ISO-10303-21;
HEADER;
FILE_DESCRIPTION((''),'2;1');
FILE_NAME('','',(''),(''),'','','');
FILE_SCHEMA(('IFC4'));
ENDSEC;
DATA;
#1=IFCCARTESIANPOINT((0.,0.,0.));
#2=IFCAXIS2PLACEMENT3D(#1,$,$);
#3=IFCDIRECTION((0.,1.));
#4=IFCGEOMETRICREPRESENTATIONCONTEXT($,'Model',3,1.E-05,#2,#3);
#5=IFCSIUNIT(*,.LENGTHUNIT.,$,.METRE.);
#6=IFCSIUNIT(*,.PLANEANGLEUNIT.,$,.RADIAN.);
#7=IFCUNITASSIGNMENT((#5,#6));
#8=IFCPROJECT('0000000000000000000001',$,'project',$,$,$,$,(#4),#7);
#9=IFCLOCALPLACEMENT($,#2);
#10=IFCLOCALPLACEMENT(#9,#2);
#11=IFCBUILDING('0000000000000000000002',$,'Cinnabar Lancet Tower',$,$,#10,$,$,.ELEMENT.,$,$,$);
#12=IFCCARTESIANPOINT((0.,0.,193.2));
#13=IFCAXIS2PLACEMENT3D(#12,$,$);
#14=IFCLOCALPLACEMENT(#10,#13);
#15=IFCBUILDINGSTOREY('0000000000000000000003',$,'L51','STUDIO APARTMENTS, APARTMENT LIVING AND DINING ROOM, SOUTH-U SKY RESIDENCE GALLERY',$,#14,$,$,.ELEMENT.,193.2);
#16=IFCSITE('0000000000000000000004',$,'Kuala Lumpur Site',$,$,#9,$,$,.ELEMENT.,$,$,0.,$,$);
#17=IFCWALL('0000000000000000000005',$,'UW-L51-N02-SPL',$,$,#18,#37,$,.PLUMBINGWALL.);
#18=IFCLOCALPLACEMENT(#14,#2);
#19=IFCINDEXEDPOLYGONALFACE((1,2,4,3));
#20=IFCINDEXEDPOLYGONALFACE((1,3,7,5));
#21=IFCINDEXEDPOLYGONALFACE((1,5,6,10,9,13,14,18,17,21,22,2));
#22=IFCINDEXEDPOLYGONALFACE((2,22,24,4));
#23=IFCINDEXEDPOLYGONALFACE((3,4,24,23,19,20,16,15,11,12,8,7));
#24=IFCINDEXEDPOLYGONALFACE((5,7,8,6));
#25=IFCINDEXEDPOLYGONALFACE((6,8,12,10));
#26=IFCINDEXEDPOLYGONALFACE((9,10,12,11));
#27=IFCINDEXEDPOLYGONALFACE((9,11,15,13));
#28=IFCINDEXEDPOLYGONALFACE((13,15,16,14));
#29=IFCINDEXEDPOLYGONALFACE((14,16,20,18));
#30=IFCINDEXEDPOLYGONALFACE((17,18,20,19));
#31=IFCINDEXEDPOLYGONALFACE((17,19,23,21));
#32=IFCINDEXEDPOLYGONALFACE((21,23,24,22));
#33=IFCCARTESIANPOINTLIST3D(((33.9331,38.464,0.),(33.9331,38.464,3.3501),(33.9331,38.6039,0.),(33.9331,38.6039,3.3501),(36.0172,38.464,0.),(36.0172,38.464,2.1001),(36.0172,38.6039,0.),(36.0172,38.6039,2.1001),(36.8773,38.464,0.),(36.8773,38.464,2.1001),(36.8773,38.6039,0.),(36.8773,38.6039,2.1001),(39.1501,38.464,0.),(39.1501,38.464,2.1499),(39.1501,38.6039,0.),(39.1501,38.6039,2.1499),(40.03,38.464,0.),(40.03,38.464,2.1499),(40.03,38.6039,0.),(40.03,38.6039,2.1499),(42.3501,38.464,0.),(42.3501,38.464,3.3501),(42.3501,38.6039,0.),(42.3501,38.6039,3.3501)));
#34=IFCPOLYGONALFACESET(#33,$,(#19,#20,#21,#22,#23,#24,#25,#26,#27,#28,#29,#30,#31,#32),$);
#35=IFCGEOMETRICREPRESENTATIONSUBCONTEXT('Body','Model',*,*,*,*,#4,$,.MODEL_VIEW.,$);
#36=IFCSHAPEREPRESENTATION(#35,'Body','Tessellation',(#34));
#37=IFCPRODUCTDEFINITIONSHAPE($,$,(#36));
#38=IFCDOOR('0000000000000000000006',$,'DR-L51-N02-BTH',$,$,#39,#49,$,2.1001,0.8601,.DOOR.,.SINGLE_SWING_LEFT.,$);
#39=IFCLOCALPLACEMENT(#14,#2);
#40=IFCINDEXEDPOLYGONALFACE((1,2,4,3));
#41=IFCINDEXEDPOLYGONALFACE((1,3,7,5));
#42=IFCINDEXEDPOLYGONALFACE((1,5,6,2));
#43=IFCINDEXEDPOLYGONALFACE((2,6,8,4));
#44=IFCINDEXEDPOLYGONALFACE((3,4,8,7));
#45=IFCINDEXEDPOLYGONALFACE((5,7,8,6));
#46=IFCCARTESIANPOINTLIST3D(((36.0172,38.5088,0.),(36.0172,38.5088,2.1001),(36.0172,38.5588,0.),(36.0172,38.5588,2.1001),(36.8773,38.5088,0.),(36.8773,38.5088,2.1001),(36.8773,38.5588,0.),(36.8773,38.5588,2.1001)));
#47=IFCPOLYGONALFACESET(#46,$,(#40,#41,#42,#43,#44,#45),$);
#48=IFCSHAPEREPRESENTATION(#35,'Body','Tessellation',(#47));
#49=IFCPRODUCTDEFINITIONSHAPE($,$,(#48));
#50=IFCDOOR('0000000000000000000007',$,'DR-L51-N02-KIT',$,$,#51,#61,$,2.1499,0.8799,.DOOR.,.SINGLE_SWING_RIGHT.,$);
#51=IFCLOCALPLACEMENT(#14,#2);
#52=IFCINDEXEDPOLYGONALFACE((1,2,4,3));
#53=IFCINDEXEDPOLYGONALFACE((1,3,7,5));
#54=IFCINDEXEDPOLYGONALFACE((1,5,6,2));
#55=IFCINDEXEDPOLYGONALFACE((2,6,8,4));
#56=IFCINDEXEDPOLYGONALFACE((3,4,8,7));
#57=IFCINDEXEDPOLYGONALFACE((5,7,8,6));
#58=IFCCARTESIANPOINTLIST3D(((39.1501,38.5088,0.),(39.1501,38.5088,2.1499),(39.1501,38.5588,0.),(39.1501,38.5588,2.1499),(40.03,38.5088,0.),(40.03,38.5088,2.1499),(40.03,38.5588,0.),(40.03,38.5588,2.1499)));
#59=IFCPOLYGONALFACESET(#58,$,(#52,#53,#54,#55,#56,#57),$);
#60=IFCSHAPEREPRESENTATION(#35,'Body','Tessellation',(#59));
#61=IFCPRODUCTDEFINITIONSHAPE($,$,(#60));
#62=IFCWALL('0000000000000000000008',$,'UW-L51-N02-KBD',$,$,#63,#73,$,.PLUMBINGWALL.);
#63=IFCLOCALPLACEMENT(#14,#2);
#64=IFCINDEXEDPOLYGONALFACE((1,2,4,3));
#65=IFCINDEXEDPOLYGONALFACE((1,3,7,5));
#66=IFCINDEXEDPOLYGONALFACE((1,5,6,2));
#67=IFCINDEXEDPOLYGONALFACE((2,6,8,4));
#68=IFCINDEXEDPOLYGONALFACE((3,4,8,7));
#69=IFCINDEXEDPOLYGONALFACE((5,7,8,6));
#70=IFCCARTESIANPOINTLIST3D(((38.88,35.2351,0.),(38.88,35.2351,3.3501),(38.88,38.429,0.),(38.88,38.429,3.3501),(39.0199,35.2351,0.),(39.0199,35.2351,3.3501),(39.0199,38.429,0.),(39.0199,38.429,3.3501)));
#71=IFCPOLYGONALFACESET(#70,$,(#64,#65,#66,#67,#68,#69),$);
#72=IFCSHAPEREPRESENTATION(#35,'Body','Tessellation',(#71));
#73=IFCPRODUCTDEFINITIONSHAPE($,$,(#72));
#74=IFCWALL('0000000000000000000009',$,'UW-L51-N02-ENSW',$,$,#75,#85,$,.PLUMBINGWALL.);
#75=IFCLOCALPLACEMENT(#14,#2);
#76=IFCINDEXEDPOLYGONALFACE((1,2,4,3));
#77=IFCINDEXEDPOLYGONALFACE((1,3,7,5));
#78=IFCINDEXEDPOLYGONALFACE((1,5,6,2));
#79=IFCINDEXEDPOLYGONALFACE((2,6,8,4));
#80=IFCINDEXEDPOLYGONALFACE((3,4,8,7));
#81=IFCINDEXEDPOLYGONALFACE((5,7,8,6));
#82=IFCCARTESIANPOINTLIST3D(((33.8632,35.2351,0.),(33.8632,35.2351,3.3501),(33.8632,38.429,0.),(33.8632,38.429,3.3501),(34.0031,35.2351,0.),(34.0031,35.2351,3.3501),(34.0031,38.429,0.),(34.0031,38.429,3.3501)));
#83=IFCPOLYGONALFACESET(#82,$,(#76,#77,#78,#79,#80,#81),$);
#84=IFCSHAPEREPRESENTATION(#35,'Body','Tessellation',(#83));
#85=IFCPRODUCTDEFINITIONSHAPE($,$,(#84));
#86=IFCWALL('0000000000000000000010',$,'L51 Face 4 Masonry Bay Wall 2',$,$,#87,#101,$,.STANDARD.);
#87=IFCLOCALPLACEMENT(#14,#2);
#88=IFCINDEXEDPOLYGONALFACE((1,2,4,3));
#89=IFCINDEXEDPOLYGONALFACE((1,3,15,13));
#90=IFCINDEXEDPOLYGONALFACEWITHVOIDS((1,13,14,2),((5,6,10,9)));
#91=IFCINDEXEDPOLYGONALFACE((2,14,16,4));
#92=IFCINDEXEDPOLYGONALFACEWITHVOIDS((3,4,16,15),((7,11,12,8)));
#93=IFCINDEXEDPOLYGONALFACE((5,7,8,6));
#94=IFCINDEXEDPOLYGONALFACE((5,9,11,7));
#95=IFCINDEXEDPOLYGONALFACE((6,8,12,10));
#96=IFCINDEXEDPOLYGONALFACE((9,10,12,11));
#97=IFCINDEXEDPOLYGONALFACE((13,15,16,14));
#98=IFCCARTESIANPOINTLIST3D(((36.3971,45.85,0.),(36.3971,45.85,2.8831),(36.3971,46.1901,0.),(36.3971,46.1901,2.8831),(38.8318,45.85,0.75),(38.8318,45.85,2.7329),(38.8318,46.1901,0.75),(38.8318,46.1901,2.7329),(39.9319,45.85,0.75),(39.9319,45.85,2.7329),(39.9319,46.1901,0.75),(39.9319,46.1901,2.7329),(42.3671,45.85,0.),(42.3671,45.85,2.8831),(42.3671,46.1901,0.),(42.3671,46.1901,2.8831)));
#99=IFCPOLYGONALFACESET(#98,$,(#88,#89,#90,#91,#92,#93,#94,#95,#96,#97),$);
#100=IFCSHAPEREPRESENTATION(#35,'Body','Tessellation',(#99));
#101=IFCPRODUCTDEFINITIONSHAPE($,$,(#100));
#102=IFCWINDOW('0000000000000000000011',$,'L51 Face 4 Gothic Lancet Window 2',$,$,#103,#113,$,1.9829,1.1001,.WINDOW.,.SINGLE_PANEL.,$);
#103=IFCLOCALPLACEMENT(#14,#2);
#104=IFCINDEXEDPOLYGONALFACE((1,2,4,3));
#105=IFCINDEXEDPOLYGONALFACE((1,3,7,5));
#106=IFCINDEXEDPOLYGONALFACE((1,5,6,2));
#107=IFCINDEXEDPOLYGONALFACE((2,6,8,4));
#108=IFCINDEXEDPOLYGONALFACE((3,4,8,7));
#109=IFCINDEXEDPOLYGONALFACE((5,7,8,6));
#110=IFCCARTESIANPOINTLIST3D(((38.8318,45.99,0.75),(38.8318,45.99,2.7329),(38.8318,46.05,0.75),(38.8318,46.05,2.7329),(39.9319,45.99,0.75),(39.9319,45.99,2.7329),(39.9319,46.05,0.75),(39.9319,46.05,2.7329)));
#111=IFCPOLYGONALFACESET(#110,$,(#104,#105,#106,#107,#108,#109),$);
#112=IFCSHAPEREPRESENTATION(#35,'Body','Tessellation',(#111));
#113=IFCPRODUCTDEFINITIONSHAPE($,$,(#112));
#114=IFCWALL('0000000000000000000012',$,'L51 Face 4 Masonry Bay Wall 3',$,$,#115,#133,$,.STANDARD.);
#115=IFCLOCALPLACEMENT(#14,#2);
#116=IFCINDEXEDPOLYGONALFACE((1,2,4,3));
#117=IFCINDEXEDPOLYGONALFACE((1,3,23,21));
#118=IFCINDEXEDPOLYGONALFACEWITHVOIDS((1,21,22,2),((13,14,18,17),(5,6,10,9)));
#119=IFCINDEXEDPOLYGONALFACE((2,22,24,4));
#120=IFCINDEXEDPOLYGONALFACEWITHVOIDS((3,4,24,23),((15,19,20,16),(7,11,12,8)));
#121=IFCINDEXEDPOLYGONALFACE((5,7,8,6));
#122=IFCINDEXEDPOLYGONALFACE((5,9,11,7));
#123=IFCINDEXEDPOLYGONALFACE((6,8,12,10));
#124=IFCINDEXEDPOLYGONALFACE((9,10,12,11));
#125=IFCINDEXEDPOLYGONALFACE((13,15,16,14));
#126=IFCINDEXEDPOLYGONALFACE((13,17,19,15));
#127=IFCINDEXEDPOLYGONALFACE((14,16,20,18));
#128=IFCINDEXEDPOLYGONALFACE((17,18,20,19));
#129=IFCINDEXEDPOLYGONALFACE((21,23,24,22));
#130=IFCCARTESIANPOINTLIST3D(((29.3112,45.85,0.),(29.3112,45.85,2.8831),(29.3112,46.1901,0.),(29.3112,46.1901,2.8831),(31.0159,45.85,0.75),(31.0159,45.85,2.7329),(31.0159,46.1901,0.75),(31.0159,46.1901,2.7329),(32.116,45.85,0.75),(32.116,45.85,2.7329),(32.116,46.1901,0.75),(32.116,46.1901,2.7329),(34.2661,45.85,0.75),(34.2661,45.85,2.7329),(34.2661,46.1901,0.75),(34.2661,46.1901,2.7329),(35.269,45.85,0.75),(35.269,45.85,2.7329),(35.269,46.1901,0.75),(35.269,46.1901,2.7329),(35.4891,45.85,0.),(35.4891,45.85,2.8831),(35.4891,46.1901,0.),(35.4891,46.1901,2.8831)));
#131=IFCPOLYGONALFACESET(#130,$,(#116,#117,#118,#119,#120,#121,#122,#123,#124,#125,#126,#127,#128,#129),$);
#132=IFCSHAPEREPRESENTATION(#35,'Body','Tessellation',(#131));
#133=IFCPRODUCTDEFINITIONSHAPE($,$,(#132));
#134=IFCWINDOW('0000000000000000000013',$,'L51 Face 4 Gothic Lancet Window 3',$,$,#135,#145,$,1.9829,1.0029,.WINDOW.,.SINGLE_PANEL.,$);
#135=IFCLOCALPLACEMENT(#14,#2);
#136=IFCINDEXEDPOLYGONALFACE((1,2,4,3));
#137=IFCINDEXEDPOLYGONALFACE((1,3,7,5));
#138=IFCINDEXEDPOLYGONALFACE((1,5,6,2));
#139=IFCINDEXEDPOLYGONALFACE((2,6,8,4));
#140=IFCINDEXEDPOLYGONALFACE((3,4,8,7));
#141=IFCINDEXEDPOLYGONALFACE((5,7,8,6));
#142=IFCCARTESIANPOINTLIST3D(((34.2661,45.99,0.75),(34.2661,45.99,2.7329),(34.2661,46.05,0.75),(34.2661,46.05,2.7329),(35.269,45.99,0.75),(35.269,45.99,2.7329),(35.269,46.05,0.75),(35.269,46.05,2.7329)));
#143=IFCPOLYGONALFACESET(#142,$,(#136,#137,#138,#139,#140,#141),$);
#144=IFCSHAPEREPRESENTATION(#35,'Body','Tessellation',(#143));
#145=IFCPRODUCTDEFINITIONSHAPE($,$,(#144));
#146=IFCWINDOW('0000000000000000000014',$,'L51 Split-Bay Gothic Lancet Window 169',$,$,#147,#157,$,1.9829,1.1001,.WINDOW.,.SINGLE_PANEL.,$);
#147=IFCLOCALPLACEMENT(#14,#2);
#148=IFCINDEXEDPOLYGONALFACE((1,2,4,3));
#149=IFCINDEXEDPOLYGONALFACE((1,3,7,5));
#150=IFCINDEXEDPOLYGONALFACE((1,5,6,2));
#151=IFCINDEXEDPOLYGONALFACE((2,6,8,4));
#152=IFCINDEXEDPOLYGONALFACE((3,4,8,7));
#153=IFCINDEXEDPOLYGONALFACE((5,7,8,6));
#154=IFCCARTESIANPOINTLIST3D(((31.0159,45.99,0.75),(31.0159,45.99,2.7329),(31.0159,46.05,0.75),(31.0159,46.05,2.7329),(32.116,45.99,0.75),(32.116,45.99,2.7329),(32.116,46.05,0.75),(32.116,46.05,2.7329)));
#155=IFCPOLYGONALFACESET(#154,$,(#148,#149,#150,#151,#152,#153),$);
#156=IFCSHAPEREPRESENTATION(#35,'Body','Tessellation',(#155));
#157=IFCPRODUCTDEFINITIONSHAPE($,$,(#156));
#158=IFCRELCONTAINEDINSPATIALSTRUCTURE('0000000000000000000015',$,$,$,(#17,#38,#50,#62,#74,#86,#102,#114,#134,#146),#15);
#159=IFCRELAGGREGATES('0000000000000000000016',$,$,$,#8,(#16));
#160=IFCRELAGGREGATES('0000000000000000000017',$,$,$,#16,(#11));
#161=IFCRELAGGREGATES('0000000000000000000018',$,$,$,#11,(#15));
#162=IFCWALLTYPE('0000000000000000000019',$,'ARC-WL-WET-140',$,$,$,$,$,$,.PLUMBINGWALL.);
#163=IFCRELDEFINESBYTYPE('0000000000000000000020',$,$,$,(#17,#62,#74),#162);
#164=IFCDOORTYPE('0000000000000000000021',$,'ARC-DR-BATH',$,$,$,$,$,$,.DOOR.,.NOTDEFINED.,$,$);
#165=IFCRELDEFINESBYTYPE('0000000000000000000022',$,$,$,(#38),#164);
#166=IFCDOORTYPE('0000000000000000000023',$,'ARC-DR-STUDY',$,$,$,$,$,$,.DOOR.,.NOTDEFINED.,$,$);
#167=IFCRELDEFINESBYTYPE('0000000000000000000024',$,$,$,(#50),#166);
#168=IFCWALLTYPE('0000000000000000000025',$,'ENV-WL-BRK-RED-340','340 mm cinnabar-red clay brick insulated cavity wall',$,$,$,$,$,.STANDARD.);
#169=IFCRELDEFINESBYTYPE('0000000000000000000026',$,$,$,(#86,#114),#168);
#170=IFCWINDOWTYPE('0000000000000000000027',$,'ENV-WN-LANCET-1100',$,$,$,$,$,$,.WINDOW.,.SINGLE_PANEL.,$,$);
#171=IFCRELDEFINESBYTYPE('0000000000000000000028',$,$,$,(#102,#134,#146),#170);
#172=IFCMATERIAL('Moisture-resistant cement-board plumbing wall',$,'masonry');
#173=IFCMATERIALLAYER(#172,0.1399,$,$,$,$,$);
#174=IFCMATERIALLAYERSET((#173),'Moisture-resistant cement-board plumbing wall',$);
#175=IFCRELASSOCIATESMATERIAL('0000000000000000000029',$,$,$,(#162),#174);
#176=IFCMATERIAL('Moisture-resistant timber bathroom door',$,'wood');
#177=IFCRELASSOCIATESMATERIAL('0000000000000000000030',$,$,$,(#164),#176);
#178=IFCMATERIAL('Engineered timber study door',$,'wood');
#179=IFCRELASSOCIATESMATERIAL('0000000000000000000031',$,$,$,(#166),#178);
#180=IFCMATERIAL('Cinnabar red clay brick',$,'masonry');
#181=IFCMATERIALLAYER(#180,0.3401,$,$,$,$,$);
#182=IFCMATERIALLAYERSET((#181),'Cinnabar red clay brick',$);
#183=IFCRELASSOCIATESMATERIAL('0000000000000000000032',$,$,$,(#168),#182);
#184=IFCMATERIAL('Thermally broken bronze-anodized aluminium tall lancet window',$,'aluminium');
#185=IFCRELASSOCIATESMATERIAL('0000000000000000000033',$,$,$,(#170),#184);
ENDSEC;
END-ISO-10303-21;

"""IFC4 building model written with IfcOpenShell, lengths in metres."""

from ifc_helpers import new_model, si_unit, direction, frame, frame_2d, origin, place, context, subcontext, project, spatial, rectangle, extrude, material, layer, layer_set, type_object, element, fill, save


model = new_model("IFC4")

# Units and contexts
model_context = context("Model", 3, precision=1e-05, world=origin(), true_north=direction((0.0, 1.0)))
body_context = subcontext(model_context, "Body", "Model", "MODEL_VIEW")
ifc_project = project(units=[si_unit("LENGTHUNIT", "METRE"), si_unit("PLANEANGLEUNIT", "RADIAN")], contexts=[model_context])

# Site, building, storey
site_placement = place(None, origin())
site = spatial("IfcSite", under=ifc_project, at=site_placement, Name="Kuala Lumpur Site", CompositionType="ELEMENT", RefElevation=0.0)
building_placement = place(site_placement, origin())
building = spatial("IfcBuilding", under=site, at=building_placement, Name="Cinnabar Lancet Tower", CompositionType="ELEMENT")
storey_placement = place(building_placement, frame((0.0, 0.0, 193.2)))
storey = spatial("IfcBuildingStorey", under=building, at=storey_placement, Name="L51", Description="STUDIO APARTMENTS, APARTMENT LIVING AND DINING ROOM, SOUTH-U SKY RESIDENCE GALLERY", CompositionType="ELEMENT", Elevation=193.2)

# Wall, openings, doors
ifc_material_1 = material(Name="Moisture-resistant cement-board plumbing wall", Category="masonry")
ifc_layer_1 = layer(ifc_material_1, 0.1399)
ifc_layer_set_1 = layer_set([ifc_layer_1], Name="Moisture-resistant cement-board plumbing wall")
wall_type_1 = type_object("IfcWallType", Name="ARC-WL-WET-140", PredefinedType="PLUMBINGWALL", material=ifc_layer_set_1)
wall_1_placement = place(storey_placement, frame((33.9331, 38.5339, 0.0), z_axis=(0.0, 0.0, 1.0), x_axis=(1.0, 0.0, 0.0)))
wall_1 = element("IfcWall", 1, at=wall_1_placement, inside=storey, type_object=wall_type_1, Name="UW-L51-N02-SPL", PredefinedType="PLUMBINGWALL", context=body_context, shape_type="SweptSolid", body=[
    extrude(rectangle(XDim=8.417, YDim=0.1399, at=frame_2d((4.2085, 0.0))), origin(), (0.0, 0.0, 1.0), 3.3501),
])
opening_1_placement = place(wall_1_placement, frame((2.084, 0.0, 0.0)))
opening_1 = element("IfcOpeningElement", 2, at=opening_1_placement, cuts=wall_1, PredefinedType="OPENING", context=body_context, shape_type="SweptSolid", body=[
    extrude(rectangle(XDim=0.8601, YDim=2.1001, at=frame_2d((0.4302, 1.05))), frame((0.0, 0.0798, 0.0), z_axis=(0.0, -1.0, 0.0), x_axis=(1.0, 0.0, 0.0)), (0.0, 0.0, 1.0), 0.1599),
])
opening_2_placement = place(wall_1_placement, frame((5.217, 0.0, 0.0)))
opening_2 = element("IfcOpeningElement", 3, at=opening_2_placement, cuts=wall_1, PredefinedType="OPENING", context=body_context, shape_type="SweptSolid", body=[
    extrude(rectangle(XDim=0.8799, YDim=2.1499, at=frame_2d((0.4399, 1.075))), frame((0.0, 0.0798, 0.0), z_axis=(0.0, -1.0, 0.0), x_axis=(1.0, 0.0, 0.0)), (0.0, 0.0, 1.0), 0.1599),
])
ifc_material_2 = material(Name="Moisture-resistant timber bathroom door", Category="wood")
door_type_1 = type_object("IfcDoorType", Name="ARC-DR-BATH", OperationType="NOTDEFINED", PredefinedType="DOOR", material=ifc_material_2)
door_1_placement = place(opening_1_placement, origin())
door_1 = element("IfcDoor", 4, at=door_1_placement, inside=storey, type_object=door_type_1, Name="DR-L51-N02-BTH", OperationType="SINGLE_SWING_LEFT", OverallHeight=2.1001, OverallWidth=0.8601, PredefinedType="DOOR", context=body_context, shape_type="SweptSolid", body=[
    extrude(rectangle(XDim=0.8601, YDim=2.1001, at=frame_2d((0.4302, 1.05))), frame((0.0, 0.0249, 0.0), z_axis=(0.0, -1.0, 0.0), x_axis=(1.0, 0.0, 0.0)), (0.0, 0.0, 1.0), 0.05),
])
fill(opening_1, door_1)
ifc_material_3 = material(Name="Engineered timber study door", Category="wood")
door_type_2 = type_object("IfcDoorType", Name="ARC-DR-STUDY", OperationType="NOTDEFINED", PredefinedType="DOOR", material=ifc_material_3)
door_2_placement = place(opening_2_placement, origin())
door_2 = element("IfcDoor", 5, at=door_2_placement, inside=storey, type_object=door_type_2, Name="DR-L51-N02-KIT", OperationType="SINGLE_SWING_RIGHT", OverallHeight=2.1499, OverallWidth=0.8799, PredefinedType="DOOR", context=body_context, shape_type="SweptSolid", body=[
    extrude(rectangle(XDim=0.8799, YDim=2.1499, at=frame_2d((0.4399, 1.075))), frame((0.0, 0.0249, 0.0), z_axis=(0.0, -1.0, 0.0), x_axis=(1.0, 0.0, 0.0)), (0.0, 0.0, 1.0), 0.05),
])
fill(opening_2, door_2)

# Walls
for number, where, z_axis, x_axis, name in (
    (6, (38.95, 35.2351, 0.0), (0.0, 0.0, 1.0), (0.0, 1.0, 0.0), "UW-L51-N02-KBD"),
    (7, (33.9331, 35.2351, 0.0), (0.0, 0.0, 1.0), (0.0, 1.0, 0.0), "UW-L51-N02-ENSW"),
):
    element("IfcWall", number, at=place(storey_placement, frame(where, z_axis=z_axis, x_axis=x_axis)), inside=storey, type_object=wall_type_1, Name=name, PredefinedType="PLUMBINGWALL", context=body_context, shape_type="SweptSolid", body=[
        extrude(rectangle(XDim=3.1938, YDim=0.1399, at=frame_2d((1.5969, 0.0))), origin(), (0.0, 0.0, 1.0), 3.3501),
    ])

# Wall, opening, window
ifc_material_4 = material(Name="Cinnabar red clay brick", Category="masonry")
ifc_layer_2 = layer(ifc_material_4, 0.3401)
ifc_layer_set_2 = layer_set([ifc_layer_2], Name="Cinnabar red clay brick")
wall_type_2 = type_object("IfcWallType", Name="ENV-WL-BRK-RED-340", Description="340 mm cinnabar-red clay brick insulated cavity wall", PredefinedType="STANDARD", material=ifc_layer_set_2)
wall_2_placement = place(storey_placement, frame((42.3669, 46.02, 0.0), z_axis=(0.0, 0.0, 1.0), x_axis=(-1.0, 0.0, 0.0)))
wall_2 = element("IfcWall", 8, at=wall_2_placement, inside=storey, type_object=wall_type_2, Name="L51 Face 4 Masonry Bay Wall 2", PredefinedType="STANDARD", context=body_context, shape_type="SweptSolid", body=[
    extrude(rectangle(XDim=5.97, YDim=0.3401, at=frame_2d((2.9849, 0.0))), origin(), (0.0, 0.0, 1.0), 2.8831),
])
opening_3_placement = place(wall_2_placement, frame((2.4351, 0.0, 0.75)))
opening_3 = element("IfcOpeningElement", 9, at=opening_3_placement, cuts=wall_2, PredefinedType="OPENING", context=body_context, shape_type="SweptSolid", body=[
    extrude(rectangle(XDim=1.1001, YDim=1.9829, at=frame_2d((0.55, 0.9915))), frame((0.0, 0.1799, 0.0), z_axis=(0.0, -1.0, 0.0), x_axis=(1.0, 0.0, 0.0)), (0.0, 0.0, 1.0), 0.3601),
])
ifc_material_5 = material(Name="Thermally broken bronze-anodized aluminium tall lancet window", Category="aluminium")
window_type = type_object("IfcWindowType", Name="ENV-WN-LANCET-1100", PartitioningType="SINGLE_PANEL", PredefinedType="WINDOW", material=ifc_material_5)
window_1_placement = place(opening_3_placement, origin())
window_1 = element("IfcWindow", 10, at=window_1_placement, inside=storey, type_object=window_type, Name="L51 Face 4 Gothic Lancet Window 2", OverallHeight=1.9829, OverallWidth=1.1001, PartitioningType="SINGLE_PANEL", PredefinedType="WINDOW", context=body_context, shape_type="SweptSolid", body=[
    extrude(rectangle(XDim=1.1001, YDim=1.9829, at=frame_2d((0.55, 0.9915))), frame((0.0, 0.03, 0.0), z_axis=(0.0, -1.0, 0.0), x_axis=(1.0, 0.0, 0.0)), (0.0, 0.0, 1.0), 0.0601),
])
fill(opening_3, window_1)

# Wall, openings, windows
wall_3_placement = place(storey_placement, frame((35.489, 46.02, 0.0), z_axis=(0.0, 0.0, 1.0), x_axis=(-1.0, 0.0, 0.0)))
wall_3 = element("IfcWall", 11, at=wall_3_placement, inside=storey, type_object=wall_type_2, Name="L51 Face 4 Masonry Bay Wall 3", PredefinedType="STANDARD", context=body_context, shape_type="SweptSolid", body=[
    extrude(rectangle(XDim=6.178, YDim=0.3401, at=frame_2d((3.0889, 0.0))), origin(), (0.0, 0.0, 1.0), 2.8831),
])
opening_4_placement = place(wall_3_placement, frame((0.22, 0.0, 0.75)))
opening_4 = element("IfcOpeningElement", 12, at=opening_4_placement, cuts=wall_3, PredefinedType="OPENING", context=body_context, shape_type="SweptSolid", body=[
    extrude(rectangle(XDim=1.0029, YDim=1.9829, at=frame_2d((0.5015, 0.9915))), frame((0.0, 0.1799, 0.0), z_axis=(0.0, -1.0, 0.0), x_axis=(1.0, 0.0, 0.0)), (0.0, 0.0, 1.0), 0.3601),
])
opening_5_placement = place(wall_3_placement, frame((3.373, 0.0, 0.75)))
opening_5 = element("IfcOpeningElement", 13, at=opening_5_placement, cuts=wall_3, PredefinedType="OPENING", context=body_context, shape_type="SweptSolid", body=[
    extrude(rectangle(XDim=1.1001, YDim=1.9829, at=frame_2d((0.55, 0.9915))), frame((0.0, 0.1799, 0.0), z_axis=(0.0, -1.0, 0.0), x_axis=(1.0, 0.0, 0.0)), (0.0, 0.0, 1.0), 0.3601),
])
window_2_placement = place(opening_4_placement, origin())
window_2 = element("IfcWindow", 14, at=window_2_placement, inside=storey, type_object=window_type, Name="L51 Face 4 Gothic Lancet Window 3", OverallHeight=1.9829, OverallWidth=1.0029, PartitioningType="SINGLE_PANEL", PredefinedType="WINDOW", context=body_context, shape_type="SweptSolid", body=[
    extrude(rectangle(XDim=1.0029, YDim=1.9829, at=frame_2d((0.5015, 0.9915))), frame((0.0, 0.03, 0.0), z_axis=(0.0, -1.0, 0.0), x_axis=(1.0, 0.0, 0.0)), (0.0, 0.0, 1.0), 0.0601),
])
fill(opening_4, window_2)
window_3_placement = place(opening_5_placement, origin())
window_3 = element("IfcWindow", 15, at=window_3_placement, inside=storey, type_object=window_type, Name="L51 Split-Bay Gothic Lancet Window 169", OverallHeight=1.9829, OverallWidth=1.1001, PartitioningType="SINGLE_PANEL", PredefinedType="WINDOW", context=body_context, shape_type="SweptSolid", body=[
    extrude(rectangle(XDim=1.1001, YDim=1.9829, at=frame_2d((0.55, 0.9915))), frame((0.0, 0.03, 0.0), z_axis=(0.0, -1.0, 0.0), x_axis=(1.0, 0.0, 0.0)), (0.0, 0.0, 1.0), 0.0601),
])
fill(opening_5, window_3)

save(model, "model.ifc")
